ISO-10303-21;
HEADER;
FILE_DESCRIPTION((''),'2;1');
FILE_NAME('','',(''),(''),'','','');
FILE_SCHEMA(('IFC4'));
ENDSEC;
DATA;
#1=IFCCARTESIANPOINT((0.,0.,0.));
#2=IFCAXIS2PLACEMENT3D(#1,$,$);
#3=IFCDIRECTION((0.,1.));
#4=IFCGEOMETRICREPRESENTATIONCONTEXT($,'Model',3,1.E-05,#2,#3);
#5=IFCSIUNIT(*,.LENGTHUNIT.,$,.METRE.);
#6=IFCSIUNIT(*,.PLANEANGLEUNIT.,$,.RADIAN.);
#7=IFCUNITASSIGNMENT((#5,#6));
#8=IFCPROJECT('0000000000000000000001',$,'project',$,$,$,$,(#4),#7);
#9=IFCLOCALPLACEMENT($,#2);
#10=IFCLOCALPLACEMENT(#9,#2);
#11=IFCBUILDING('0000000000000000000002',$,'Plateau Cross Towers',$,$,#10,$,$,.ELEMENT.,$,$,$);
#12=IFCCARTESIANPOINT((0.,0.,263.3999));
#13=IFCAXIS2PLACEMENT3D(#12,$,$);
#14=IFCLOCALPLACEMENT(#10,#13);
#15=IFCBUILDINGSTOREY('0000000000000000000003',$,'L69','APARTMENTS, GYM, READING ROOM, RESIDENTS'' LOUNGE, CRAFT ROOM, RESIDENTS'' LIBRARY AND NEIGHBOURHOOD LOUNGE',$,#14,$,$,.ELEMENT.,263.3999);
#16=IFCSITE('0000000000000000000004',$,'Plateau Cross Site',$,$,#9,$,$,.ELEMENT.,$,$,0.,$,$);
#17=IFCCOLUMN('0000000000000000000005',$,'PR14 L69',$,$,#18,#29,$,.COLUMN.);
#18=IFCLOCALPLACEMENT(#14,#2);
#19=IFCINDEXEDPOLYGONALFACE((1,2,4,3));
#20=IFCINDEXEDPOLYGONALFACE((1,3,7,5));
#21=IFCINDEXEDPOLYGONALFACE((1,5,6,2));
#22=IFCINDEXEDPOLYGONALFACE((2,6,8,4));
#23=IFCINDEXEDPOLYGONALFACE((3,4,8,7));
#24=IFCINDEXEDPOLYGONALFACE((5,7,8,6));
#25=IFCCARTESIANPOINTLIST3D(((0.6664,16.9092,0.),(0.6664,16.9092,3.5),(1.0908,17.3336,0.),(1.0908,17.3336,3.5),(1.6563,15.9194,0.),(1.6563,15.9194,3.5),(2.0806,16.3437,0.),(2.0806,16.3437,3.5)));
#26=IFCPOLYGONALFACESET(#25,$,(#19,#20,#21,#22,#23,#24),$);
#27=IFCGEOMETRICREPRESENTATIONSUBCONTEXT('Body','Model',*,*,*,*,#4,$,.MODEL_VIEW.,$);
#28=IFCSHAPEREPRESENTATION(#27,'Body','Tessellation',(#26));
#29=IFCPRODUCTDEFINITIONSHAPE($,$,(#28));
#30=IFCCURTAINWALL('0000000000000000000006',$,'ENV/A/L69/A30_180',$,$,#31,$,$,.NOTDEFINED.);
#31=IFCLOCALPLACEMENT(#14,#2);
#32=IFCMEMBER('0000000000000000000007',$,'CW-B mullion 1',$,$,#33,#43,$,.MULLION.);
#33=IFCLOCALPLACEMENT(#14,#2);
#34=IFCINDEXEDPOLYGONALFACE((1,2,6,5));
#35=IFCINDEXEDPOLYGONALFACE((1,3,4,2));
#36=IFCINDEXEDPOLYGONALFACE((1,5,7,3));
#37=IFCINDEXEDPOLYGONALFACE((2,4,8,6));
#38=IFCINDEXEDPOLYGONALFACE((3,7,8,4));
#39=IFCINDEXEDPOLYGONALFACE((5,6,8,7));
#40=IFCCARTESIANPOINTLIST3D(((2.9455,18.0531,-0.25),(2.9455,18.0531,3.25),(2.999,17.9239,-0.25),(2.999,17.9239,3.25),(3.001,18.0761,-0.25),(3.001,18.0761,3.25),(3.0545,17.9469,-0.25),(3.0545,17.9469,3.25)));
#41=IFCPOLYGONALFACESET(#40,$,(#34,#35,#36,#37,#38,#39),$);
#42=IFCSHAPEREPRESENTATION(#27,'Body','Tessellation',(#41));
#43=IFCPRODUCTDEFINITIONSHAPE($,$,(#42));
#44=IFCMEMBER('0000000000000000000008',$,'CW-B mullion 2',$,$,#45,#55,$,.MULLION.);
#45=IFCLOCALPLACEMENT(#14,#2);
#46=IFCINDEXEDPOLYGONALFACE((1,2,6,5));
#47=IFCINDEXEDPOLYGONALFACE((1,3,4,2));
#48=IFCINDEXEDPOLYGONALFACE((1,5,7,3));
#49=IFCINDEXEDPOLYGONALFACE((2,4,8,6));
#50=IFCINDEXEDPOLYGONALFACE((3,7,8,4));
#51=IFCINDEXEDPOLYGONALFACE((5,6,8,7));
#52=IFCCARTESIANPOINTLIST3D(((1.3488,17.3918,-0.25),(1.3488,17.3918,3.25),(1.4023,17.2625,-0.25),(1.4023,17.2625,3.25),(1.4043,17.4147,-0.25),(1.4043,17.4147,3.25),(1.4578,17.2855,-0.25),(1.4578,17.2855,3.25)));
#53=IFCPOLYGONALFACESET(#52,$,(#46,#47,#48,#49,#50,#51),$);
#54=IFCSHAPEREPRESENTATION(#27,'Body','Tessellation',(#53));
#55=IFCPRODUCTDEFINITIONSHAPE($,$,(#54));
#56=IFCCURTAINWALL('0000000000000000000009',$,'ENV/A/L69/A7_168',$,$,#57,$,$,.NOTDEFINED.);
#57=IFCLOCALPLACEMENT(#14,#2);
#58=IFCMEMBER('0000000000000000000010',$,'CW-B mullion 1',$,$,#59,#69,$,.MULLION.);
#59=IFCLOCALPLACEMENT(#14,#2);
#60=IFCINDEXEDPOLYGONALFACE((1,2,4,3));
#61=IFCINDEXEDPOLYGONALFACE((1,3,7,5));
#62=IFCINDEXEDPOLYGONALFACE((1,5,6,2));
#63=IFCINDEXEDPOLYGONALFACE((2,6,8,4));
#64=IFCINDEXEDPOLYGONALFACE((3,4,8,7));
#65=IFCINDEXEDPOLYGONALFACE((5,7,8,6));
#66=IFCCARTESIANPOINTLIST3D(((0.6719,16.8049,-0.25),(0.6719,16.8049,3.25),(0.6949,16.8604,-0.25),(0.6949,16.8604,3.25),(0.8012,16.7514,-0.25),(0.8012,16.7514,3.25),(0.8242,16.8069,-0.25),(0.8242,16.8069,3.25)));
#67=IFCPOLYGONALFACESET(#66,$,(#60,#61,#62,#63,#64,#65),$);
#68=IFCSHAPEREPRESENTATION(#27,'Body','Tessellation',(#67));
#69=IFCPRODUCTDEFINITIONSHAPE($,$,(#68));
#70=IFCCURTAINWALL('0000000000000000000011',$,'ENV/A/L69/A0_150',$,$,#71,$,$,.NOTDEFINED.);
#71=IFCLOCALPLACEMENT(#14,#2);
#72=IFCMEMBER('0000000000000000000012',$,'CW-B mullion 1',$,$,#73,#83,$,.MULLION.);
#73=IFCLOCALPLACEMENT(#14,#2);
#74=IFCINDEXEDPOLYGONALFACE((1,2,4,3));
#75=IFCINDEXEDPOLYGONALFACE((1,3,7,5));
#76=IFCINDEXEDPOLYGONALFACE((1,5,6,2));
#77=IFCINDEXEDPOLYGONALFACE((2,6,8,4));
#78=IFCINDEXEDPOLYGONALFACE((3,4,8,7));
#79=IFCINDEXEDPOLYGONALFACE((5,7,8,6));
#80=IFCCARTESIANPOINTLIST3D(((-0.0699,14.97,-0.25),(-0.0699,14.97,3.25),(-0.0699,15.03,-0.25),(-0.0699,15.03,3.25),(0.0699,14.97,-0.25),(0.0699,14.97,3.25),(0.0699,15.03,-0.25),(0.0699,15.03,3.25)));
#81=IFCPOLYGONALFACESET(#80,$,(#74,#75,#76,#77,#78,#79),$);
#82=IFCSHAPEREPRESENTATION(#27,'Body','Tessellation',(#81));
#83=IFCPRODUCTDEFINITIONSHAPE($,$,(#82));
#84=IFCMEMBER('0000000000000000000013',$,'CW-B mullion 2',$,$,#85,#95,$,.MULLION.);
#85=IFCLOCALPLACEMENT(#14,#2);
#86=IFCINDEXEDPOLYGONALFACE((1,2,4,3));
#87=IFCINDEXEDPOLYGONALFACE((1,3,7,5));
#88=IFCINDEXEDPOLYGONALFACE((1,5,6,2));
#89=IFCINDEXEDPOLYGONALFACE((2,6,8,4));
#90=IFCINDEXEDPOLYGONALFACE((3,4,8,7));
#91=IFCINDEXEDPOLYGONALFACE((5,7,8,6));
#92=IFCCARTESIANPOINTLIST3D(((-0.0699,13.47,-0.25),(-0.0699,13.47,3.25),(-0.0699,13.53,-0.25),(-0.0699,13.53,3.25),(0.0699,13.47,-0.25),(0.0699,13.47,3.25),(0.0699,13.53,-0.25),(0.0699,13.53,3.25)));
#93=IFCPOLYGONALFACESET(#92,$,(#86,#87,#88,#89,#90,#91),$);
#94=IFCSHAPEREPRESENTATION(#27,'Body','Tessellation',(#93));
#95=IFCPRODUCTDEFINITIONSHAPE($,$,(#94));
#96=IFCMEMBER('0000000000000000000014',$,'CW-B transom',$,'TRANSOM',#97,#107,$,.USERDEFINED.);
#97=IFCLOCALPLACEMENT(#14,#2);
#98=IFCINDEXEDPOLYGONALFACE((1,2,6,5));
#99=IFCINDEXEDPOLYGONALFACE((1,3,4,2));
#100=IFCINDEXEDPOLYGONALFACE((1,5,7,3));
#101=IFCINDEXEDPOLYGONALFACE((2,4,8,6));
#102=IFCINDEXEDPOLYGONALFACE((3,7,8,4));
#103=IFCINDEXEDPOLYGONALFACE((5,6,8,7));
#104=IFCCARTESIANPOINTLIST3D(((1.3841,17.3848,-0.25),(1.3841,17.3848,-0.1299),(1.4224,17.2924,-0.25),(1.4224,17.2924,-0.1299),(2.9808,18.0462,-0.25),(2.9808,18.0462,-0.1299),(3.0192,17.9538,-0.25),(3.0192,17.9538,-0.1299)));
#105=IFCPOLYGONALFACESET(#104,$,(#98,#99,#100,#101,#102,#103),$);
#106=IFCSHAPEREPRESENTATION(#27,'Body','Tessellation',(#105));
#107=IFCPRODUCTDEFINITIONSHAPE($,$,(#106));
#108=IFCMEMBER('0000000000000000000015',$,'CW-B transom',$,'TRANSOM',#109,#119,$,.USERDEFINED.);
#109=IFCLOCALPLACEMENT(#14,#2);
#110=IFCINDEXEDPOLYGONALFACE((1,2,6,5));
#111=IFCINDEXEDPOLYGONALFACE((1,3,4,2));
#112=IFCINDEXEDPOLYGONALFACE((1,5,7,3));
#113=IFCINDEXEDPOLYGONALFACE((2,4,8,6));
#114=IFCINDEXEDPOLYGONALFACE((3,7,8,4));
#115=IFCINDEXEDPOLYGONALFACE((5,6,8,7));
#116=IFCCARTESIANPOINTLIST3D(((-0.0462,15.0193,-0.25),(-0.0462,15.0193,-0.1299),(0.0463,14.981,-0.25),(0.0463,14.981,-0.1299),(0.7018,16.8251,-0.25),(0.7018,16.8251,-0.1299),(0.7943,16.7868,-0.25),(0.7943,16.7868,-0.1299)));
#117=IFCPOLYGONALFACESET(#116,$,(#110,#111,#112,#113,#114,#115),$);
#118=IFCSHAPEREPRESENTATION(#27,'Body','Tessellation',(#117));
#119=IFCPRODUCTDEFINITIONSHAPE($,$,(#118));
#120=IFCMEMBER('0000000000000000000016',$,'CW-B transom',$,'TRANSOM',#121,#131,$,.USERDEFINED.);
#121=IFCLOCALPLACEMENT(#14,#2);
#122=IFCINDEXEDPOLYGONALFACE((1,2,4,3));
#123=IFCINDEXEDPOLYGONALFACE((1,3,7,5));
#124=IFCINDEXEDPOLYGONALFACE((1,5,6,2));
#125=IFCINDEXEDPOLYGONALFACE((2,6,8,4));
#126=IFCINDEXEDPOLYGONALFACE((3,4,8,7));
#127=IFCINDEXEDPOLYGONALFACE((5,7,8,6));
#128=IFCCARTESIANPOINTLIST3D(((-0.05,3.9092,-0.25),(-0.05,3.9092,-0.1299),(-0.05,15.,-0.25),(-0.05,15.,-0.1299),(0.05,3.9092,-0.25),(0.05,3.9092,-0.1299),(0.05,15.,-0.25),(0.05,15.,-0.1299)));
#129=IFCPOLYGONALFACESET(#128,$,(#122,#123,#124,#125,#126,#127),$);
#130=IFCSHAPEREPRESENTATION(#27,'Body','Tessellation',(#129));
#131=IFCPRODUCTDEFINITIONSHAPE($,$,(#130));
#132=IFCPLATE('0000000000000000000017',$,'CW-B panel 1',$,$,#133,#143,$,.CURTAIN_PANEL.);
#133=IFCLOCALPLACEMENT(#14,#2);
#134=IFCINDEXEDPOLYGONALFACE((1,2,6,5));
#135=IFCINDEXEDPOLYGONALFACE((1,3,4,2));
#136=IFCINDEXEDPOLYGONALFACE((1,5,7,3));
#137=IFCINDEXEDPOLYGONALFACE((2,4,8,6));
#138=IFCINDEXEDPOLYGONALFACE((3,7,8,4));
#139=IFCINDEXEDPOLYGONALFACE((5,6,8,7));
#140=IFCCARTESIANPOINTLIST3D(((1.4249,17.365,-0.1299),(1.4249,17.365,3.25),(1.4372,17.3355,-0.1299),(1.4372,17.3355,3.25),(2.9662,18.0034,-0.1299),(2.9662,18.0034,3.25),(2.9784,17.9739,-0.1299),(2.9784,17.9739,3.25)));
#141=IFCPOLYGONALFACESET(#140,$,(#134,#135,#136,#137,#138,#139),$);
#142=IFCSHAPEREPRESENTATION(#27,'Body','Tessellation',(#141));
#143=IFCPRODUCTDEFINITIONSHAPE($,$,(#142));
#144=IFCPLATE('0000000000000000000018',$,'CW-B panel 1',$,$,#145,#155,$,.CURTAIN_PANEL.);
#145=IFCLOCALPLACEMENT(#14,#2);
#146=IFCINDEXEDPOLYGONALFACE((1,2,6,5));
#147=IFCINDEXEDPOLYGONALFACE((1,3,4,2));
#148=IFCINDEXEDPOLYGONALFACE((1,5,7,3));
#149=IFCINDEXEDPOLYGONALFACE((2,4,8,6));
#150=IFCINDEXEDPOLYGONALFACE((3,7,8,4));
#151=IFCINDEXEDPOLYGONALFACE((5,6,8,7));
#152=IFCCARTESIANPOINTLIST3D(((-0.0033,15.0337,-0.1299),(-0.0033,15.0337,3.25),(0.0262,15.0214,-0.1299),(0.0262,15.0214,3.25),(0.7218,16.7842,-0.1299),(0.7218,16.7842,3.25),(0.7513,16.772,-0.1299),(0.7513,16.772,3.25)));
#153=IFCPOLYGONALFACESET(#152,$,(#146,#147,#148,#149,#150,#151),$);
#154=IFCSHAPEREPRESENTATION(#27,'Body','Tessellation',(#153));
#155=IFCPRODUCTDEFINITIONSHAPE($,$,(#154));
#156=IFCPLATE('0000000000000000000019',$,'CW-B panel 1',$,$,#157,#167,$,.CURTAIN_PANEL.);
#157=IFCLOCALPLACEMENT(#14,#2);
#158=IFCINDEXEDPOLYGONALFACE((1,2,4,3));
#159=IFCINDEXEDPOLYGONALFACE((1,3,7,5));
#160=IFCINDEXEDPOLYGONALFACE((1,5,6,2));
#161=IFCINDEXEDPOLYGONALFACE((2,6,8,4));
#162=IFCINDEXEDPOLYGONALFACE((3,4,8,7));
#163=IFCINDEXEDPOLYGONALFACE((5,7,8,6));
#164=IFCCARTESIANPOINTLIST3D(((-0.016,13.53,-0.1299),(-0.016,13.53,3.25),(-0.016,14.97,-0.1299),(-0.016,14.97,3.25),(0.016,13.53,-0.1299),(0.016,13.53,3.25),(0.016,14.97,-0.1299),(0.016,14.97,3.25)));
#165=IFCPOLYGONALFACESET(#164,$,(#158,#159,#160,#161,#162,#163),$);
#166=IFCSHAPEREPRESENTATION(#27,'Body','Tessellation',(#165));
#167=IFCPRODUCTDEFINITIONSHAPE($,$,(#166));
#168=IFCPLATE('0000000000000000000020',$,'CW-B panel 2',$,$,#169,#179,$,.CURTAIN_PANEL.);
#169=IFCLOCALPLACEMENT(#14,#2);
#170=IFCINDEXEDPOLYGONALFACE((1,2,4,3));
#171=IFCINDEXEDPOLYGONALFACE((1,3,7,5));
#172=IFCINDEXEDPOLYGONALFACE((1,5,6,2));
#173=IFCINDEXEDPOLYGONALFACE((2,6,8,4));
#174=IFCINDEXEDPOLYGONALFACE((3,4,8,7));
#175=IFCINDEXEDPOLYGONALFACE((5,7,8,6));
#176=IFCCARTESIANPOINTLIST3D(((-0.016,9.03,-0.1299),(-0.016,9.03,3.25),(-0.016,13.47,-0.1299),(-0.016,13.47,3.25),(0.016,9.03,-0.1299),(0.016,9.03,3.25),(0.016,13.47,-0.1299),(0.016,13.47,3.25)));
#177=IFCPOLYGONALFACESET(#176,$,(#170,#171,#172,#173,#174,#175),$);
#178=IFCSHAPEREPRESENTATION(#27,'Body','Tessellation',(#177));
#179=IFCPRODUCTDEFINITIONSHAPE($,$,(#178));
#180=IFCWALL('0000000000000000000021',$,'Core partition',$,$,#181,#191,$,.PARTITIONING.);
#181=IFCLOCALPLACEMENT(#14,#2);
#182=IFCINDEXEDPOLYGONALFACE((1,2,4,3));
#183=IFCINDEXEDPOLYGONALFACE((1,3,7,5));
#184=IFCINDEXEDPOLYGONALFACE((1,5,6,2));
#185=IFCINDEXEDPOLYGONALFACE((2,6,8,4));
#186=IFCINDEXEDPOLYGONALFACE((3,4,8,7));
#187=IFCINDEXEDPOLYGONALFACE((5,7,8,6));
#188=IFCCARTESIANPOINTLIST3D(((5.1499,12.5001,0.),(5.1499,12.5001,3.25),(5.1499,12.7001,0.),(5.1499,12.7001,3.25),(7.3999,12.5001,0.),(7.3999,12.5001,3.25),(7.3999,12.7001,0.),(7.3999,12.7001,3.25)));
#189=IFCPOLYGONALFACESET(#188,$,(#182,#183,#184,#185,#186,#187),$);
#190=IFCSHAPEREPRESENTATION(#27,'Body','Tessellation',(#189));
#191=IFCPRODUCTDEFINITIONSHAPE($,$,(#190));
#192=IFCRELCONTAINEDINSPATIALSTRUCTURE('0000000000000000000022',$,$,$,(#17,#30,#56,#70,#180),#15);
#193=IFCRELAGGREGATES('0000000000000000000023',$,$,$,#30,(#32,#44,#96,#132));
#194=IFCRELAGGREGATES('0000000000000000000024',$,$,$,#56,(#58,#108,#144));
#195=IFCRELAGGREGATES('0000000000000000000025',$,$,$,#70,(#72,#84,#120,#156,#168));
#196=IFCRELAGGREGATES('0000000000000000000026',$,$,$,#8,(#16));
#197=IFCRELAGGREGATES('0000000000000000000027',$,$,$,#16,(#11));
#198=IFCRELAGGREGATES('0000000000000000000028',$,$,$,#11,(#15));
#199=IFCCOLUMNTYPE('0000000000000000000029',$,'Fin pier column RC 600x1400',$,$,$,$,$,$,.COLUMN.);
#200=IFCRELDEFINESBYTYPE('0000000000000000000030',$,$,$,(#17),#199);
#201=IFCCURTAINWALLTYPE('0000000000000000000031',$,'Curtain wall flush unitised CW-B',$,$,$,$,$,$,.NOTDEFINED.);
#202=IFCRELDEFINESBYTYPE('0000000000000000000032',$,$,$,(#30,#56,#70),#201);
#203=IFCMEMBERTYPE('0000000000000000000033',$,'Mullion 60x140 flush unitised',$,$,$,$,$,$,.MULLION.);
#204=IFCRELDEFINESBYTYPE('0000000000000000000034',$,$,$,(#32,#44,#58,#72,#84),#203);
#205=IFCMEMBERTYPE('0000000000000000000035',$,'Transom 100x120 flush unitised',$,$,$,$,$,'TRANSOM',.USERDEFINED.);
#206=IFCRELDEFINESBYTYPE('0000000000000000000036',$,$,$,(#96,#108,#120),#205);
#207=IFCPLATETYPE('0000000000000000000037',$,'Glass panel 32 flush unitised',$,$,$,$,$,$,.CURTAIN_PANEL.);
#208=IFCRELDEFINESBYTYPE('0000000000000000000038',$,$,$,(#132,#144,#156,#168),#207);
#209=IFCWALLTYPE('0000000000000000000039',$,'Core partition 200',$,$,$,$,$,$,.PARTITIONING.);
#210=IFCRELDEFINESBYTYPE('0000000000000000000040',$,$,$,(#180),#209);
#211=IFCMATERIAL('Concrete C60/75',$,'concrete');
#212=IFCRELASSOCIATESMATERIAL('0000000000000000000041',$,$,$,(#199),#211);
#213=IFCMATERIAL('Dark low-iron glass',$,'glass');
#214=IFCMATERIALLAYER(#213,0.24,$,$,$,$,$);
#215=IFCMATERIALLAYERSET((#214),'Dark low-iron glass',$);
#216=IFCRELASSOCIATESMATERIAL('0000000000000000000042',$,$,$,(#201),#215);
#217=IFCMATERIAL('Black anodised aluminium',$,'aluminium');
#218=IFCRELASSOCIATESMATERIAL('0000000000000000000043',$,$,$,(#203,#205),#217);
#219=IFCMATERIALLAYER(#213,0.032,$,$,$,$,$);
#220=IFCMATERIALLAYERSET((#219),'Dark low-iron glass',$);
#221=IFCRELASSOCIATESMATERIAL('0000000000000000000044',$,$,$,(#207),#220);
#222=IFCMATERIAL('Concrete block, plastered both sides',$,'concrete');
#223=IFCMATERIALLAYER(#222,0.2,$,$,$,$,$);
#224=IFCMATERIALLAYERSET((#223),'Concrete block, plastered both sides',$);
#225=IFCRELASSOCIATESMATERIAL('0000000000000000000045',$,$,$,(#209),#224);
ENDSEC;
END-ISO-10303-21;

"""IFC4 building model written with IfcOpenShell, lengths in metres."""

from ifc_helpers import new_model, si_unit, direction, frame, frame_2d, origin, origin_2d, place, context, subcontext, project, spatial, rectangle, extrude, material, layer, layer_set, material_profile, profile_set, type_object, element, aggregate, save


model = new_model("IFC4")

# Units and contexts
model_context = context("Model", 3, precision=1e-05, world=origin(), true_north=direction((0.0, 1.0)))
body_context = subcontext(model_context, "Body", "Model", "MODEL_VIEW")
ifc_project = project(units=[si_unit("LENGTHUNIT", "METRE"), si_unit("PLANEANGLEUNIT", "RADIAN")], contexts=[model_context])

# Site, building, storey
site_placement = place(None, origin())
site = spatial("IfcSite", under=ifc_project, at=site_placement, Name="Plateau Cross Site", CompositionType="ELEMENT", RefElevation=0.0)
building_placement = place(site_placement, origin())
building = spatial("IfcBuilding", under=site, at=building_placement, Name="Plateau Cross Towers", CompositionType="ELEMENT")
storey_placement = place(building_placement, frame((0.0, 0.0, 263.3999)))
storey = spatial("IfcBuildingStorey", under=building, at=storey_placement, Name="L69", Description="APARTMENTS, GYM, READING ROOM, RESIDENTS' LOUNGE, CRAFT ROOM, RESIDENTS' LIBRARY AND NEIGHBOURHOOD LOUNGE", CompositionType="ELEMENT", Elevation=263.3999)

# Column
ifc_material_1 = material(Name="Concrete C60/75", Category="concrete")
ifc_material_profile_1 = material_profile(ifc_material_1, rectangle(XDim=0.6001, YDim=1.3999, at=origin_2d()), Name="RC 600x1400")
ifc_profile_set_1 = profile_set([ifc_material_profile_1], Name="Concrete C60/75")
column_type = type_object("IfcColumnType", Name="Fin pier column RC 600x1400", PredefinedType="COLUMN", material=ifc_profile_set_1)
column_placement = place(storey_placement, frame((1.3735, 16.6265, 0.0), z_axis=(0.0, 0.0, 1.0), x_axis=(0.707107, 0.707107, 0.0)))
element("IfcColumn", 1, at=column_placement, inside=storey, type_object=column_type, Name="PR14 L69", PredefinedType="COLUMN", context=body_context, shape_type="SweptSolid", body=[
    extrude(rectangle(XDim=0.6001, YDim=1.3999, at=origin_2d()), origin(), (0.0, 0.0, 1.0), 3.5),
])

# Curtain wall, members
ifc_material_2 = material(Name="Dark low-iron glass", Category="glass")
ifc_layer_1 = layer(ifc_material_2, 0.24)
ifc_layer_set_1 = layer_set([ifc_layer_1], Name="Dark low-iron glass")
curtain_wall_type = type_object("IfcCurtainWallType", Name="Curtain wall flush unitised CW-B", PredefinedType="NOTDEFINED", material=ifc_layer_set_1)
curtain_wall_1_placement = place(storey_placement, origin())
curtain_wall_1 = element("IfcCurtainWall", 2, at=curtain_wall_1_placement, inside=storey, type_object=curtain_wall_type, Name="ENV/A/L69/A30_180", PredefinedType="NOTDEFINED")
ifc_material_3 = material(Name="Black anodised aluminium", Category="aluminium")
ifc_material_profile_2 = material_profile(ifc_material_3, rectangle(XDim=0.0601, YDim=0.1399, at=origin_2d()), Name="MULLION 60x140")
ifc_profile_set_2 = profile_set([ifc_material_profile_2], Name="Black anodised aluminium")
member_type_1 = type_object("IfcMemberType", Name="Mullion 60x140 flush unitised", PredefinedType="MULLION", material=ifc_profile_set_2)
member_1_placement = place(storey_placement, frame((3.0, 18.0, -0.25), z_axis=(0.0, 0.0, 1.0), x_axis=(-0.923879, -0.382684, 0.0)))
member_1 = element("IfcMember", 3, at=member_1_placement, type_object=member_type_1, Name="CW-B mullion 1", PredefinedType="MULLION", context=body_context, shape_type="SweptSolid", body=[
    extrude(rectangle(XDim=0.0601, YDim=0.1399, at=origin_2d()), origin(), (0.0, 0.0, 1.0), 3.5),
])
member_2_placement = place(storey_placement, frame((1.4033, 17.3386, -0.25), z_axis=(0.0, 0.0, 1.0), x_axis=(-0.923879, -0.382684, 0.0)))
member_2 = element("IfcMember", 4, at=member_2_placement, type_object=member_type_1, Name="CW-B mullion 2", PredefinedType="MULLION", context=body_context, shape_type="SweptSolid", body=[
    extrude(rectangle(XDim=0.0601, YDim=0.1399, at=origin_2d()), origin(), (0.0, 0.0, 1.0), 3.5),
])

# Curtain wall, member
curtain_wall_2_placement = place(storey_placement, origin())
curtain_wall_2 = element("IfcCurtainWall", 5, at=curtain_wall_2_placement, inside=storey, type_object=curtain_wall_type, Name="ENV/A/L69/A7_168", PredefinedType="NOTDEFINED")
member_3_placement = place(storey_placement, frame((0.748, 16.8059, -0.25), z_axis=(0.0, 0.0, 1.0), x_axis=(-0.382684, -0.923879, 0.0)))
member_3 = element("IfcMember", 6, at=member_3_placement, type_object=member_type_1, Name="CW-B mullion 1", PredefinedType="MULLION", context=body_context, shape_type="SweptSolid", body=[
    extrude(rectangle(XDim=0.0601, YDim=0.1399, at=origin_2d()), origin(), (0.0, 0.0, 1.0), 3.5),
])

# Curtain wall, members
curtain_wall_3_placement = place(storey_placement, origin())
curtain_wall_3 = element("IfcCurtainWall", 7, at=curtain_wall_3_placement, inside=storey, type_object=curtain_wall_type, Name="ENV/A/L69/A0_150", PredefinedType="NOTDEFINED")
member_4_placement = place(storey_placement, frame((0.0, 15.0, -0.25), z_axis=(0.0, 0.0, 1.0), x_axis=(0.0, -1.0, 0.0)))
member_4 = element("IfcMember", 8, at=member_4_placement, type_object=member_type_1, Name="CW-B mullion 1", PredefinedType="MULLION", context=body_context, shape_type="SweptSolid", body=[
    extrude(rectangle(XDim=0.0601, YDim=0.1399, at=origin_2d()), origin(), (0.0, 0.0, 1.0), 3.5),
])
member_5_placement = place(storey_placement, frame((0.0, 13.5, -0.25), z_axis=(0.0, 0.0, 1.0), x_axis=(0.0, -1.0, 0.0)))
member_5 = element("IfcMember", 9, at=member_5_placement, type_object=member_type_1, Name="CW-B mullion 2", PredefinedType="MULLION", context=body_context, shape_type="SweptSolid", body=[
    extrude(rectangle(XDim=0.0601, YDim=0.1399, at=origin_2d()), origin(), (0.0, 0.0, 1.0), 3.5),
])

# Members
ifc_material_profile_3 = material_profile(ifc_material_3, rectangle(XDim=0.1001, YDim=0.1201, at=origin_2d()), Name="TRANSOM 100x120")
ifc_profile_set_3 = profile_set([ifc_material_profile_3], Name="Black anodised aluminium")
member_type_2 = type_object("IfcMemberType", Name="Transom 100x120 flush unitised", ElementType="TRANSOM", PredefinedType="USERDEFINED", material=ifc_profile_set_3)
member_6_placement = place(storey_placement, frame((3.0, 18.0, -0.1899), z_axis=(-0.923877, -0.382689, 0.0), x_axis=(0.382689, -0.923877, 0.0)))
member_6 = element("IfcMember", 10, at=member_6_placement, type_object=member_type_2, Name="CW-B transom", ObjectType="TRANSOM", PredefinedType="USERDEFINED", context=body_context, shape_type="SweptSolid", body=[
    extrude(rectangle(XDim=0.1001, YDim=0.1201, at=origin_2d()), origin(), (0.0, 0.0, 1.0), 1.7283),
])
member_7_placement = place(storey_placement, frame((0.748, 16.8059, -0.1899), z_axis=(-0.38269, -0.923877, 0.0), x_axis=(0.923877, -0.38269, 0.0)))
member_7 = element("IfcMember", 11, at=member_7_placement, type_object=member_type_2, Name="CW-B transom", ObjectType="TRANSOM", PredefinedType="USERDEFINED", context=body_context, shape_type="SweptSolid", body=[
    extrude(rectangle(XDim=0.1001, YDim=0.1201, at=origin_2d()), origin(), (0.0, 0.0, 1.0), 1.9546),
])
member_8_placement = place(storey_placement, frame((0.0, 15.0, -0.1899), z_axis=(0.0, -1.0, 0.0), x_axis=(1.0, 0.0, 0.0)))
member_8 = element("IfcMember", 12, at=member_8_placement, type_object=member_type_2, Name="CW-B transom", ObjectType="TRANSOM", PredefinedType="USERDEFINED", context=body_context, shape_type="SweptSolid", body=[
    extrude(rectangle(XDim=0.1001, YDim=0.1201, at=origin_2d()), origin(), (0.0, 0.0, 1.0), 11.0908),
])

# Plates
ifc_layer_2 = layer(ifc_material_2, 0.032)
ifc_layer_set_2 = layer_set([ifc_layer_2], Name="Dark low-iron glass")
plate_type = type_object("IfcPlateType", Name="Glass panel 32 flush unitised", PredefinedType="CURTAIN_PANEL", material=ifc_layer_set_2)
plate_1_placement = place(storey_placement, frame((2.2017, 17.6694, -0.1299), z_axis=(0.0, 0.0, 1.0), x_axis=(-0.923879, -0.382684, 0.0)))
plate_1 = element("IfcPlate", 13, at=plate_1_placement, type_object=plate_type, Name="CW-B panel 1", PredefinedType="CURTAIN_PANEL", context=body_context, shape_type="SweptSolid", body=[
    extrude(rectangle(XDim=1.6682, YDim=0.032, at=origin_2d()), origin(), (0.0, 0.0, 1.0), 3.3799),
])
aggregate(curtain_wall_1, [member_1, member_2, member_6, plate_1])
plate_2_placement = place(storey_placement, frame((0.374, 15.9028, -0.1299), z_axis=(0.0, 0.0, 1.0), x_axis=(-0.382684, -0.923879, 0.0)))
plate_2 = element("IfcPlate", 14, at=plate_2_placement, type_object=plate_type, Name="CW-B panel 1", PredefinedType="CURTAIN_PANEL", context=body_context, shape_type="SweptSolid", body=[
    extrude(rectangle(XDim=1.8948, YDim=0.032, at=origin_2d()), origin(), (0.0, 0.0, 1.0), 3.3799),
])
aggregate(curtain_wall_2, [member_3, member_7, plate_2])
plate_3_placement = place(storey_placement, frame((0.0, 14.25, -0.1299), z_axis=(0.0, 0.0, 1.0), x_axis=(0.0, -1.0, 0.0)))
plate_3 = element("IfcPlate", 15, at=plate_3_placement, type_object=plate_type, Name="CW-B panel 1", PredefinedType="CURTAIN_PANEL", context=body_context, shape_type="SweptSolid", body=[
    extrude(rectangle(XDim=1.4399, YDim=0.032, at=origin_2d()), origin(), (0.0, 0.0, 1.0), 3.3799),
])
plate_4_placement = place(storey_placement, frame((0.0, 11.25, -0.1299), z_axis=(0.0, 0.0, 1.0), x_axis=(0.0, -1.0, 0.0)))
plate_4 = element("IfcPlate", 16, at=plate_4_placement, type_object=plate_type, Name="CW-B panel 2", PredefinedType="CURTAIN_PANEL", context=body_context, shape_type="SweptSolid", body=[
    extrude(rectangle(XDim=4.4399, YDim=0.032, at=origin_2d()), origin(), (0.0, 0.0, 1.0), 3.3799),
])
aggregate(curtain_wall_3, [member_4, member_5, member_8, plate_3, plate_4])

# Wall
ifc_material_4 = material(Name="Concrete block, plastered both sides", Category="concrete")
ifc_layer_3 = layer(ifc_material_4, 0.2)
ifc_layer_set_3 = layer_set([ifc_layer_3], Name="Concrete block, plastered both sides")
wall_type_1 = type_object("IfcWallType", Name="Core partition 200", PredefinedType="PARTITIONING", material=ifc_layer_set_3)
for number, where, z_axis, x_axis, name in (
    (17, (5.1499, 12.6001, 0.0), (0.0, 0.0, 1.0), (1.0, 0.0, 0.0), "Core partition"),
):
    element("IfcWall", number, at=place(storey_placement, frame(where, z_axis=z_axis, x_axis=x_axis)), inside=storey, type_object=wall_type_1, Name=name, PredefinedType="PARTITIONING", context=body_context, shape_type="SweptSolid", body=[
        extrude(rectangle(XDim=2.25, YDim=0.2, at=frame_2d((1.125, 0.0))), origin(), (0.0, 0.0, 1.0), 3.25),
    ])

save(model, "model.ifc")
